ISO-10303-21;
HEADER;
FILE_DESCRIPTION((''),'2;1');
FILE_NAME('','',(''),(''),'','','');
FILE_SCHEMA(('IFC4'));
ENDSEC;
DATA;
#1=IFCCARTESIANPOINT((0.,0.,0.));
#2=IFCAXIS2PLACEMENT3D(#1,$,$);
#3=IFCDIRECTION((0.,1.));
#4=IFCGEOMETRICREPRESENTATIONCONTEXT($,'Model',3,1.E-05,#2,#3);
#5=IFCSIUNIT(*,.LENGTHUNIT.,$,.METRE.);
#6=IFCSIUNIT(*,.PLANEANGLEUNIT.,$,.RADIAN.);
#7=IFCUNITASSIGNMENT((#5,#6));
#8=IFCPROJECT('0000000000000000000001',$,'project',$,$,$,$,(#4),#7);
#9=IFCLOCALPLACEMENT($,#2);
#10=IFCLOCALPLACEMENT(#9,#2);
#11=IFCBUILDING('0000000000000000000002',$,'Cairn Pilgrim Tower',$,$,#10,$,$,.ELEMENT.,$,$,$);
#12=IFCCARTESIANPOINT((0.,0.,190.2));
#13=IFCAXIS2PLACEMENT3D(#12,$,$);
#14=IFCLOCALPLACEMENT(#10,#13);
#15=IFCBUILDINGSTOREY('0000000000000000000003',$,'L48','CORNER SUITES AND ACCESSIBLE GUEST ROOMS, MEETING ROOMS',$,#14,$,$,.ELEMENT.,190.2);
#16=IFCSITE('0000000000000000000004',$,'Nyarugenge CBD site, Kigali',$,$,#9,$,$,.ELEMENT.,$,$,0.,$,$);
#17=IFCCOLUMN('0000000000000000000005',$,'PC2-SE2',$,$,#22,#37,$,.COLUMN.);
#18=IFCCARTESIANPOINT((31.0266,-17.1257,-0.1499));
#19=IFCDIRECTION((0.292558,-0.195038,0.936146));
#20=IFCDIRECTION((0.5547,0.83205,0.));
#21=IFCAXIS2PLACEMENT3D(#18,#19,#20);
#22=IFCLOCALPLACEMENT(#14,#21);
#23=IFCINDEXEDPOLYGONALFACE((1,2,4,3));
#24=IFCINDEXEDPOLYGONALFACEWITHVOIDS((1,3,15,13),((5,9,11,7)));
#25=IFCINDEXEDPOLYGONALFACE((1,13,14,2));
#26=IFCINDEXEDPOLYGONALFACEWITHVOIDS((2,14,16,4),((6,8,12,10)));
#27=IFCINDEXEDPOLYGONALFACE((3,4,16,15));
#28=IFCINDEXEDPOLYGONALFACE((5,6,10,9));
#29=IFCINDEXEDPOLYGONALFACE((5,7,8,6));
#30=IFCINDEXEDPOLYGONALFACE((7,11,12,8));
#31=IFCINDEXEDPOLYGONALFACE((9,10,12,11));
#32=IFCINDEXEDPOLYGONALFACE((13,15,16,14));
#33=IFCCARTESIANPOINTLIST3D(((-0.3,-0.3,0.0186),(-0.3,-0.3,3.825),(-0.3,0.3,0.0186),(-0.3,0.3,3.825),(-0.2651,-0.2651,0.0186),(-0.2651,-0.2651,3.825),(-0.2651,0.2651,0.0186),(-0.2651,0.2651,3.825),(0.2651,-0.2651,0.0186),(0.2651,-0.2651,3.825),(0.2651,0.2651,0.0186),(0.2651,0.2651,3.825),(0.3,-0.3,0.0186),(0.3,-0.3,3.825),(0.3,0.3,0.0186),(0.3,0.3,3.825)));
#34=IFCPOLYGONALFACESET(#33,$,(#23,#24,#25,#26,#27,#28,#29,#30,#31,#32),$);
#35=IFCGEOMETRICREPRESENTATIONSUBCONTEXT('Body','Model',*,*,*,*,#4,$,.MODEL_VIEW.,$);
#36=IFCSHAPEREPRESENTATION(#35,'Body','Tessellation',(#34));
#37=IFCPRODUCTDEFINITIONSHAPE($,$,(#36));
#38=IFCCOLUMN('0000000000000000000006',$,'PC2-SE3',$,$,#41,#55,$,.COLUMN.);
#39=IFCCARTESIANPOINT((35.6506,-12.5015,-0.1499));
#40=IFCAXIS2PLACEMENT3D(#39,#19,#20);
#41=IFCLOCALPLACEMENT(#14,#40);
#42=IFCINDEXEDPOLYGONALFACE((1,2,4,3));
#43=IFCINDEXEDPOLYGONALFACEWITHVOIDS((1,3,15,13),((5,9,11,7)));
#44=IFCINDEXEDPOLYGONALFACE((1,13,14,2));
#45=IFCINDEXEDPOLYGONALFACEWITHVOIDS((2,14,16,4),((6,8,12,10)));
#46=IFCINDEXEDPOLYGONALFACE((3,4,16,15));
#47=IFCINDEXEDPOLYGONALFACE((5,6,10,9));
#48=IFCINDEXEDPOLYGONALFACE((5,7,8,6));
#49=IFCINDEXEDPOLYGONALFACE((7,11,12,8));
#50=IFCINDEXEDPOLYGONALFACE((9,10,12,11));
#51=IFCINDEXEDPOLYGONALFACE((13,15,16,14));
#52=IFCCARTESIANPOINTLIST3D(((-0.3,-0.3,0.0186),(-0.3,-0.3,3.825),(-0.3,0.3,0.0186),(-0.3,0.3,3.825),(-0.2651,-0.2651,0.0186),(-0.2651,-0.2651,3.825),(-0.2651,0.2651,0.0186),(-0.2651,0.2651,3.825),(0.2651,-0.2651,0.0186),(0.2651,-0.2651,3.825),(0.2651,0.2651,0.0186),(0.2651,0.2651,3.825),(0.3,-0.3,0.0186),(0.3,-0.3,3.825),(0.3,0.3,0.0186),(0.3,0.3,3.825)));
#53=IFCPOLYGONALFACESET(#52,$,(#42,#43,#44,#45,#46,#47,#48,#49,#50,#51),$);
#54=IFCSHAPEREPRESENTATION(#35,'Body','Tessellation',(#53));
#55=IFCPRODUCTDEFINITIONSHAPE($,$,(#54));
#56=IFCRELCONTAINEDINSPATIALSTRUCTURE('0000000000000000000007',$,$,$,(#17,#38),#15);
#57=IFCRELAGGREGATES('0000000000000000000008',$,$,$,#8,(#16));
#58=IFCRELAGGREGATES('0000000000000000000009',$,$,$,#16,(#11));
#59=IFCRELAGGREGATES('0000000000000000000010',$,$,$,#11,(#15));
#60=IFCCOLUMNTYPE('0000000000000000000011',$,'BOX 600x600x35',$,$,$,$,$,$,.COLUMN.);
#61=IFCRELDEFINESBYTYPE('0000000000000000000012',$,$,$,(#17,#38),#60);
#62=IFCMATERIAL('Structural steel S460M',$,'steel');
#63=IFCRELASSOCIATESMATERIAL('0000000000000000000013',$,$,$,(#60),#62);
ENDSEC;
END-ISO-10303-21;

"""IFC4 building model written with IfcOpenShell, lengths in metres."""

from ifc_helpers import new_model, si_unit, direction, frame, origin, origin_2d, place, context, subcontext, project, spatial, hollow_rectangle, extrude, clip, halfspace, material, material_profile, profile_set, type_object, element, save


model = new_model("IFC4")

# Units and contexts
model_context = context("Model", 3, precision=1e-05, world=origin(), true_north=direction((0.0, 1.0)))
body_context = subcontext(model_context, "Body", "Model", "MODEL_VIEW")
ifc_project = project(units=[si_unit("LENGTHUNIT", "METRE"), si_unit("PLANEANGLEUNIT", "RADIAN")], contexts=[model_context])

# Site, building, storey
site_placement = place(None, origin())
site = spatial("IfcSite", under=ifc_project, at=site_placement, Name="Nyarugenge CBD site, Kigali", CompositionType="ELEMENT", RefElevation=0.0)
building_placement = place(site_placement, origin())
building = spatial("IfcBuilding", under=site, at=building_placement, Name="Cairn Pilgrim Tower", CompositionType="ELEMENT")
storey_placement = place(building_placement, frame((0.0, 0.0, 190.2)))
storey = spatial("IfcBuildingStorey", under=building, at=storey_placement, Name="L48", Description="CORNER SUITES AND ACCESSIBLE GUEST ROOMS, MEETING ROOMS", CompositionType="ELEMENT", Elevation=190.2)

# Columns
ifc_material_1 = material(Name="Structural steel S460M", Category="steel")
ifc_material_profile_1 = material_profile(ifc_material_1, hollow_rectangle(XDim=0.6001, YDim=0.6001, WallThickness=0.0349, at=origin_2d()), Name="BOX 600x600x35")
ifc_profile_set_1 = profile_set([ifc_material_profile_1], Name="Structural steel S460M")
column_type = type_object("IfcColumnType", Name="BOX 600x600x35", PredefinedType="COLUMN", material=ifc_profile_set_1)
for number, where, z_axis, x_axis, name in (
    (1, (31.0266, -17.1257, -0.1499), (0.292558, -0.195038, 0.936146), (0.5547, 0.83205, 0.0), "PC2-SE2"),
    (2, (35.6506, -12.5015, -0.1499), (0.292558, -0.195038, 0.936146), (0.5547, 0.83205, 0.0), "PC2-SE3"),
):
    element("IfcColumn", number, at=place(storey_placement, frame(where, z_axis=z_axis, x_axis=x_axis)), inside=storey, type_object=column_type, Name=name, PredefinedType="COLUMN", context=body_context, shape_type="Clipping", body=[
        clip(clip(extrude(hollow_rectangle(XDim=0.6001, YDim=0.6001, WallThickness=0.0349, at=origin_2d()), origin(), (0.0, 0.0, 1.0), 3.8455), halfspace(frame((0.0, 0.0, 0.0186), z_axis=(0.0, 0.0, 1.0), x_axis=(1.0, 0.0, 0.0)), True)), halfspace(frame((0.0, 0.0, 3.825), z_axis=(0.0, 0.0, 1.0), x_axis=(1.0, 0.0, 0.0)), False)),
    ])

save(model, "model.ifc")
